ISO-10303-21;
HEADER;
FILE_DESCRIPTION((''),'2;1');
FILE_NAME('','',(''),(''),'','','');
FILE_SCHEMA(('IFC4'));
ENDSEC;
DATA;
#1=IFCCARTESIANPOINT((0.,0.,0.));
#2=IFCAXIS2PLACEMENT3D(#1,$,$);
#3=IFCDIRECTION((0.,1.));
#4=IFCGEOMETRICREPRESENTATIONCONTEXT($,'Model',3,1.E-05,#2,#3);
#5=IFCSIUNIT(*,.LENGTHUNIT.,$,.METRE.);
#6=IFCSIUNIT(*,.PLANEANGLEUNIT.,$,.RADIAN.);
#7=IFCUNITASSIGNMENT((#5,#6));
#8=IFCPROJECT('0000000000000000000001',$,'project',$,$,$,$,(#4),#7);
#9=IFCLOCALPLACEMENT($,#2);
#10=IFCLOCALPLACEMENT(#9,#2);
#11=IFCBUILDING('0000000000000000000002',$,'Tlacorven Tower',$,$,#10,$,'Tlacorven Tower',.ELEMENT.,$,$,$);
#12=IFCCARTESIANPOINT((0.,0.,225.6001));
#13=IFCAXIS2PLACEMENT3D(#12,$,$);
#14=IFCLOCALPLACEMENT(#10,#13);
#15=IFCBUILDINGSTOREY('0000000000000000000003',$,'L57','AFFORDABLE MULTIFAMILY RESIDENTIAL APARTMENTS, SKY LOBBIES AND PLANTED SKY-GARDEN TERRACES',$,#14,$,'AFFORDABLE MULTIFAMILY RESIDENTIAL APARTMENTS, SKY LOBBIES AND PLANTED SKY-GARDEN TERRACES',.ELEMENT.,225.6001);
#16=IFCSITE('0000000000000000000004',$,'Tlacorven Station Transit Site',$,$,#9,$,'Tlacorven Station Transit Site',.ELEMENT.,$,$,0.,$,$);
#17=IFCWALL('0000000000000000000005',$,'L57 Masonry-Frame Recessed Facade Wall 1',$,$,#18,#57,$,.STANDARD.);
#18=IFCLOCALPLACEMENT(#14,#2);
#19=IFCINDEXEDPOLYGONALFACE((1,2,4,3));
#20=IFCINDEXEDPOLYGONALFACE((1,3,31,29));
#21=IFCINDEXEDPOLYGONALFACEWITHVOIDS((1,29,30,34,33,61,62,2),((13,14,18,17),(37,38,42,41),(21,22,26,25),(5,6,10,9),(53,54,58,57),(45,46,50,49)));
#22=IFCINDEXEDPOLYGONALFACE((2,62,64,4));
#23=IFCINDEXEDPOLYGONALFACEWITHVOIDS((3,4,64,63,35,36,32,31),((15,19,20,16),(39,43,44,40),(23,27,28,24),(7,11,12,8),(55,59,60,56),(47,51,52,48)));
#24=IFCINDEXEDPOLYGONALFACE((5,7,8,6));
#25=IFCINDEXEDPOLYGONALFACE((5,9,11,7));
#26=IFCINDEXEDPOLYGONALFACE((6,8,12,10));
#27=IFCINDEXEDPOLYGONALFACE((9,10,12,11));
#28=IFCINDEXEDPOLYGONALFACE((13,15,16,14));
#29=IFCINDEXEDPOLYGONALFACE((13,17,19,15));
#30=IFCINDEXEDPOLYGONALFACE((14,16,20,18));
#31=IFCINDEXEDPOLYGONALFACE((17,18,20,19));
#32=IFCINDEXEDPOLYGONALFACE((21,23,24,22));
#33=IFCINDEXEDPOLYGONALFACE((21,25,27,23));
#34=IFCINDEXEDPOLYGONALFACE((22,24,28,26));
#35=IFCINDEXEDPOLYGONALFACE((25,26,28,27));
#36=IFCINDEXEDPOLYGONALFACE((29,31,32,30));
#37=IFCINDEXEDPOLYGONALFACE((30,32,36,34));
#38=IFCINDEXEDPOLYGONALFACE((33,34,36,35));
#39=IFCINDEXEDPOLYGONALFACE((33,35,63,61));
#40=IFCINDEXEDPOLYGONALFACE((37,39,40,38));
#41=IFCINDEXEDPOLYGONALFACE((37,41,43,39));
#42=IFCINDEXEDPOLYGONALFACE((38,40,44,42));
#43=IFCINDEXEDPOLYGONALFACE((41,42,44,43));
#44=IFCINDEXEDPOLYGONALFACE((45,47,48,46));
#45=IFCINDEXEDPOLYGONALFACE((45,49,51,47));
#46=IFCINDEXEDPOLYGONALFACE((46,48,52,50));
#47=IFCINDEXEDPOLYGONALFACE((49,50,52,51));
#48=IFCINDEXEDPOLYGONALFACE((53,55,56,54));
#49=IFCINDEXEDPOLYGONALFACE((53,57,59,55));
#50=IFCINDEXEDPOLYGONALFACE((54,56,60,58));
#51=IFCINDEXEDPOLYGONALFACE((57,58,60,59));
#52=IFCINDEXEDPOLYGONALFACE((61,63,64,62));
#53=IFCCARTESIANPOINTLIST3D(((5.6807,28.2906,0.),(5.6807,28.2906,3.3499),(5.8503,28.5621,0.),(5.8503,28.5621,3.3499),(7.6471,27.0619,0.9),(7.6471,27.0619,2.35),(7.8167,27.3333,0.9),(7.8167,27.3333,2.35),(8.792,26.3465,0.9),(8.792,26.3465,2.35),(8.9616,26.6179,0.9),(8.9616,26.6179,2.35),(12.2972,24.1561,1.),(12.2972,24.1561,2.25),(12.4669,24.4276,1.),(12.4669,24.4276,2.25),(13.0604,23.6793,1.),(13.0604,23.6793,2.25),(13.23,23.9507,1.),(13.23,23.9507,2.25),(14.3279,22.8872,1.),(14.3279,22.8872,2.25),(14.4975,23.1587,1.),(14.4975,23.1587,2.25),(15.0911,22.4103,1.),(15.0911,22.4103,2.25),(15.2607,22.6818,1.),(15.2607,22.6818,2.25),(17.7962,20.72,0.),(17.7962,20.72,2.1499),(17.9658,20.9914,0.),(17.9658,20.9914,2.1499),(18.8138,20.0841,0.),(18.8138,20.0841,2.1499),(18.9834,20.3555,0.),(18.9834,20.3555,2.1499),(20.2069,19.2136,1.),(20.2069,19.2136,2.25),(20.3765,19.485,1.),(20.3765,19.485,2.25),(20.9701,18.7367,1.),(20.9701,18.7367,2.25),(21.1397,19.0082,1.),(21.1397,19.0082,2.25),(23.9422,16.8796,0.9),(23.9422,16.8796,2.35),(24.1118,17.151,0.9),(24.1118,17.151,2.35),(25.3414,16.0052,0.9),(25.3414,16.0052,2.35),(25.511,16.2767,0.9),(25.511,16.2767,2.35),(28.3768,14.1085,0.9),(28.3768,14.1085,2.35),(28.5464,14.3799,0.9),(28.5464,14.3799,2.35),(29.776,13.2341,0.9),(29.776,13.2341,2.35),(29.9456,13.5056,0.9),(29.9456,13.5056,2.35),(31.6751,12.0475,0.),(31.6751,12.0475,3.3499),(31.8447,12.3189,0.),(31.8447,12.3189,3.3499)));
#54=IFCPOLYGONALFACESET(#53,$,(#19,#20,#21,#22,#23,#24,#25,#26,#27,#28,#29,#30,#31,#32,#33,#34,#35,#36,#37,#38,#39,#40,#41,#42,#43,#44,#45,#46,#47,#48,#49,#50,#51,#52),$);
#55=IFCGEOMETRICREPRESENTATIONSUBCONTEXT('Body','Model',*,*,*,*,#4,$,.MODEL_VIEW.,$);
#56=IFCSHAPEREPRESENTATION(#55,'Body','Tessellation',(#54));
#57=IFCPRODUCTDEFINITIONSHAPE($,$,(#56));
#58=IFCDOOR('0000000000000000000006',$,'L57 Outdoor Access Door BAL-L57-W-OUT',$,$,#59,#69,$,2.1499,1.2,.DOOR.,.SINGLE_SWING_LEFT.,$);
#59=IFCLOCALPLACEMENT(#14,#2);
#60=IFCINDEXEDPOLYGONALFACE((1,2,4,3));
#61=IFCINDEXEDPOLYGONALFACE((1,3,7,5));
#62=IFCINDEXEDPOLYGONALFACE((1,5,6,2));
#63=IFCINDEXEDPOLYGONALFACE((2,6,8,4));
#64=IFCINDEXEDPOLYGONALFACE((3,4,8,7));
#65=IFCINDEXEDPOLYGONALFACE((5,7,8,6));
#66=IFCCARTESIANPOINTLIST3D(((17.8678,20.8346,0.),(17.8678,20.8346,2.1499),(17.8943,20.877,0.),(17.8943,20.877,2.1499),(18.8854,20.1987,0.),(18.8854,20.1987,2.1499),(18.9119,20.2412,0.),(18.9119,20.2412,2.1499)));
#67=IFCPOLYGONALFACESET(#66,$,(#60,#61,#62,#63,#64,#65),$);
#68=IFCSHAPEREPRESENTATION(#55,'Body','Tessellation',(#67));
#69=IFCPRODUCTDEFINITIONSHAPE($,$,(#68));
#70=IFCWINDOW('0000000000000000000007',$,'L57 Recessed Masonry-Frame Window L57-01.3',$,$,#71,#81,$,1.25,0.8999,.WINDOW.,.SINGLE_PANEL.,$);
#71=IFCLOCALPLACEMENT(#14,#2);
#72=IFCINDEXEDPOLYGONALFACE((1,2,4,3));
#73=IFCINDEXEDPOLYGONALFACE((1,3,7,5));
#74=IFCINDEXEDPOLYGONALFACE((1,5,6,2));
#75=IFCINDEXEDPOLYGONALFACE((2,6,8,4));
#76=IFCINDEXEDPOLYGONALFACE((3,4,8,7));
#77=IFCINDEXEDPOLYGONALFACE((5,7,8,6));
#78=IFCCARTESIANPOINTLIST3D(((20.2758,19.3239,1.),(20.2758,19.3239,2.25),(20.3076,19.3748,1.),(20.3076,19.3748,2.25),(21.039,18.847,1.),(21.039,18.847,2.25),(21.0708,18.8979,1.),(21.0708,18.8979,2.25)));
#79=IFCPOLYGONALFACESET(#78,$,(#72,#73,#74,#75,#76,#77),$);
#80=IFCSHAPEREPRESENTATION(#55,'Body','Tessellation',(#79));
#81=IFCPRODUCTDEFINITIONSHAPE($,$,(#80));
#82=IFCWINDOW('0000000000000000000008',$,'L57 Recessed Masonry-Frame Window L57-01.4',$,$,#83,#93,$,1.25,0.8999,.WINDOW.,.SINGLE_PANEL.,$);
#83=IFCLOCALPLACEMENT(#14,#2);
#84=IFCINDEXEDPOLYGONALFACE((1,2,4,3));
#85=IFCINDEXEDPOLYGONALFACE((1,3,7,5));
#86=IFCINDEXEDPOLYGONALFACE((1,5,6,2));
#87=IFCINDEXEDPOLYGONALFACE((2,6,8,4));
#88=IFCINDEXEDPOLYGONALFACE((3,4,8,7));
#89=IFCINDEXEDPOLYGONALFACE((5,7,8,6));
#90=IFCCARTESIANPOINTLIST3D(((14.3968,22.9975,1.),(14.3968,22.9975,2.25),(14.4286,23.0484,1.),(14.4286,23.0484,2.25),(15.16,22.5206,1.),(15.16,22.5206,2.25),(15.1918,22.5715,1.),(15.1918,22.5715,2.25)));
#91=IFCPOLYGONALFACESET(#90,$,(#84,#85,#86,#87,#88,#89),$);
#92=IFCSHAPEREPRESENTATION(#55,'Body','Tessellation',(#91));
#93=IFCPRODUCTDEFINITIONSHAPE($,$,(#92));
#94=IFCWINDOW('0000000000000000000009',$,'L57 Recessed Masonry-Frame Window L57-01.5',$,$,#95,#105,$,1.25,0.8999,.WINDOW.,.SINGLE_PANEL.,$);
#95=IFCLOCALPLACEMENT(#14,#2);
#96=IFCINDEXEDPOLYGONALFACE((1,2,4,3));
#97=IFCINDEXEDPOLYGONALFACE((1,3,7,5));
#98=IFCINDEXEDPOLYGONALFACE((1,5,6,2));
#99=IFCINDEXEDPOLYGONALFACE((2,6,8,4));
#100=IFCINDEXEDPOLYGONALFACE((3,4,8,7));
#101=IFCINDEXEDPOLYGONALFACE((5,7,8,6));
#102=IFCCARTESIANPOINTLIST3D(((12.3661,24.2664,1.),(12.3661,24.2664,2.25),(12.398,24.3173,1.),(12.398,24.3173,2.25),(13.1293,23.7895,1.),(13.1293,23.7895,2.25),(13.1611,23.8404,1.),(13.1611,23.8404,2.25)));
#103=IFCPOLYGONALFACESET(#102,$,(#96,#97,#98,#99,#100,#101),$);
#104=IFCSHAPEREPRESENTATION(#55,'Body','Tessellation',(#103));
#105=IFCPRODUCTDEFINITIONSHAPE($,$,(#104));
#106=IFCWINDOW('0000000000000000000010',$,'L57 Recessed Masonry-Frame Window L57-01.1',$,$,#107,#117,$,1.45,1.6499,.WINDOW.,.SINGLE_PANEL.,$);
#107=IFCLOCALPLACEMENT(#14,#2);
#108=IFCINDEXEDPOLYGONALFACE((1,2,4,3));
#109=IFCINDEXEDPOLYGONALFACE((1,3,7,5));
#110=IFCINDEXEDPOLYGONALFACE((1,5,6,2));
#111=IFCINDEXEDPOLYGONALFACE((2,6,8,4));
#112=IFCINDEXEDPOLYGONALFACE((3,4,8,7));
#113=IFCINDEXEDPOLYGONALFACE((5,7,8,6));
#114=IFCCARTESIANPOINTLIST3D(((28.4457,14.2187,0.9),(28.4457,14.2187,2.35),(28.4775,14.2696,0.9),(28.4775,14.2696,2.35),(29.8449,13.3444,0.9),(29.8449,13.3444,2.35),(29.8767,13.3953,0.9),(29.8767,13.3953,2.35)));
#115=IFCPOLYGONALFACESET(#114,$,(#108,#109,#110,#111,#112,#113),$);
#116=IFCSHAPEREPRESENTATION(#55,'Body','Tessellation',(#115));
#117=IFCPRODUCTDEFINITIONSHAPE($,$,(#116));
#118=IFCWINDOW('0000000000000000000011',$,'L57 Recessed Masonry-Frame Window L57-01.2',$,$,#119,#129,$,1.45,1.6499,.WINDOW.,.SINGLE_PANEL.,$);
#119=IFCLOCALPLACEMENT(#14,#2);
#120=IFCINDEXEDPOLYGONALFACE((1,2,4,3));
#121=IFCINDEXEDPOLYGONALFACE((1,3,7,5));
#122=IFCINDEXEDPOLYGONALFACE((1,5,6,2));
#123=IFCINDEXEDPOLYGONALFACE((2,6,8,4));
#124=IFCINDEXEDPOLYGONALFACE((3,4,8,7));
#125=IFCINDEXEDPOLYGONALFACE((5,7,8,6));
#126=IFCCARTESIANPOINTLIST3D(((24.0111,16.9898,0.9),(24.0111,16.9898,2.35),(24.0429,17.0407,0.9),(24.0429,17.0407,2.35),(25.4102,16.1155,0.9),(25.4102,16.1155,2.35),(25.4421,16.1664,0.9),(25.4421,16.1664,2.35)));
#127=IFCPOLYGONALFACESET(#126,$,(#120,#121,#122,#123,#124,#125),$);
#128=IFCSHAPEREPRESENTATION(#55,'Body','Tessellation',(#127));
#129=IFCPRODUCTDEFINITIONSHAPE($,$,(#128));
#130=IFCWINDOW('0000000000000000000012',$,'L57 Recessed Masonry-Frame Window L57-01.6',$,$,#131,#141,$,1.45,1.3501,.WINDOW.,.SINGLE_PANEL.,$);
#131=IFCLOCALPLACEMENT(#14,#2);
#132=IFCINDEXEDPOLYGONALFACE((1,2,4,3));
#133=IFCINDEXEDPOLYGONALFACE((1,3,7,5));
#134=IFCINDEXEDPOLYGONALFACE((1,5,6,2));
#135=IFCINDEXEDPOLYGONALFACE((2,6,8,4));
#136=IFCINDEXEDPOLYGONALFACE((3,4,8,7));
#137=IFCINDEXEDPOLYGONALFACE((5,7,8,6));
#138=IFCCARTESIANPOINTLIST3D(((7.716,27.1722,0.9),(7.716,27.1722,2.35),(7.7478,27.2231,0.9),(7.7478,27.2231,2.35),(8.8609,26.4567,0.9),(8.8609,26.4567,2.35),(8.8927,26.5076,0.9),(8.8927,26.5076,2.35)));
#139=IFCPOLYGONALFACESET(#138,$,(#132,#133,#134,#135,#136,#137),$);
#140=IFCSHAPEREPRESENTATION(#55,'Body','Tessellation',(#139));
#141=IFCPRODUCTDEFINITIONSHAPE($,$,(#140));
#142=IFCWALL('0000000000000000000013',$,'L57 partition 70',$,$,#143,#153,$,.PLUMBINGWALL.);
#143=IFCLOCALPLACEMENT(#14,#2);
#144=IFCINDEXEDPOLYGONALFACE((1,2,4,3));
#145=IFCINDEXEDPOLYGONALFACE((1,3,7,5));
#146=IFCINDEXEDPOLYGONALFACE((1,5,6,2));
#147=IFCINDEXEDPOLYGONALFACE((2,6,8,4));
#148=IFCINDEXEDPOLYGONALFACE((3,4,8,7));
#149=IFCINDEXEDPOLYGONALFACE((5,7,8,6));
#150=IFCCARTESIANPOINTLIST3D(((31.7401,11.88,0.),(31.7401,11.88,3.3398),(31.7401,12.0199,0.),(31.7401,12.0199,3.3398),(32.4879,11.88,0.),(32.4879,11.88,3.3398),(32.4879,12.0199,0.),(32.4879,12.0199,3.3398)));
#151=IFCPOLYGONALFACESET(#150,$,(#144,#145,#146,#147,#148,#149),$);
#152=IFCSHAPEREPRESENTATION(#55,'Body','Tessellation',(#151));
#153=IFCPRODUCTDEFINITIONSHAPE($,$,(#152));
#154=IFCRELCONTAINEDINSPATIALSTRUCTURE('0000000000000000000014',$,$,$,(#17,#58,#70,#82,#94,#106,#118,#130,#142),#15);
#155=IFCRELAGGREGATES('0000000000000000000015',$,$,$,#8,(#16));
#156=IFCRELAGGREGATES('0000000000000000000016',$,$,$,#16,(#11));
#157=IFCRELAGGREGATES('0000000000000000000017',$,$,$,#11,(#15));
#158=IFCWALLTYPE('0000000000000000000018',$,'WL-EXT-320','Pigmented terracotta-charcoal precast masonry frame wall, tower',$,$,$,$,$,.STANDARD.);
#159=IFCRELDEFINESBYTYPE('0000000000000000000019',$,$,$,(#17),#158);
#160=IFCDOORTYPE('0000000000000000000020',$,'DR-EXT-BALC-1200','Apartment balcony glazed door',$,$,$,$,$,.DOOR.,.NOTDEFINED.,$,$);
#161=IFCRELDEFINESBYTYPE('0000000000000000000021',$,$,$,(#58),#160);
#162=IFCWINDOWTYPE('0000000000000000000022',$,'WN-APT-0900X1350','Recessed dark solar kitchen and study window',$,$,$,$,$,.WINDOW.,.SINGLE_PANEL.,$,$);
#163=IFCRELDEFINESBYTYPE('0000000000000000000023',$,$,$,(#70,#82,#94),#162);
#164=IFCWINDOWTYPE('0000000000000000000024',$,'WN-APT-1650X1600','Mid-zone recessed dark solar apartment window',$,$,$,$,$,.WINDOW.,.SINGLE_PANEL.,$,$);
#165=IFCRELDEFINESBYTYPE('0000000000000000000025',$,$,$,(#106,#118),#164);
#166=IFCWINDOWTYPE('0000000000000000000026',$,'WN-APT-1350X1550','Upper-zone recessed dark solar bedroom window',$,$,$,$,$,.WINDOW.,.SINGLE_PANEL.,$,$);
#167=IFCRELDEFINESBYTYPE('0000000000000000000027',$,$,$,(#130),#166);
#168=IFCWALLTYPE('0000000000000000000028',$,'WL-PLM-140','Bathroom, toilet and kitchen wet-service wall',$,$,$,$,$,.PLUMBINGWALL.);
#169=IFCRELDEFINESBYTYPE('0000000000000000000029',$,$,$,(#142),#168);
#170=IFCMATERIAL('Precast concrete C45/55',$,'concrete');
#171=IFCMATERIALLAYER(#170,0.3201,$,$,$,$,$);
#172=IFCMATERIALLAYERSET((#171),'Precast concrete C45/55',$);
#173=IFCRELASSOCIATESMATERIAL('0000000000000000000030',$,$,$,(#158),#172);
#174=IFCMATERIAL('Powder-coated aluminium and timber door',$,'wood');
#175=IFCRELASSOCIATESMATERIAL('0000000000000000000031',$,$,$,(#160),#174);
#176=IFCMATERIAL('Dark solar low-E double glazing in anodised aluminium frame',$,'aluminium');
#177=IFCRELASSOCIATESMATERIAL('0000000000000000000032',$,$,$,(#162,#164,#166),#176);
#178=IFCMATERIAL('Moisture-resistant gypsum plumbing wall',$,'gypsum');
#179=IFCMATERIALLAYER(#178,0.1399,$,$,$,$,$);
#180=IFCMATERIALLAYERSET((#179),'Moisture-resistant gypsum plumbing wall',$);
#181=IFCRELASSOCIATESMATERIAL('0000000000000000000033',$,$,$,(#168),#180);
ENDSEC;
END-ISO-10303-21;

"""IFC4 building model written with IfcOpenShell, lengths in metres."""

from ifc_helpers import new_model, si_unit, direction, frame, frame_2d, origin, place, context, subcontext, project, spatial, rectangle, extrude, source, transform, mapped, material, layer, layer_set, type_object, element, fill, save


model = new_model("IFC4")

# Units and contexts
model_context = context("Model", 3, precision=1e-05, world=origin(), true_north=direction((0.0, 1.0)))
body_context = subcontext(model_context, "Body", "Model", "MODEL_VIEW")
ifc_project = project(units=[si_unit("LENGTHUNIT", "METRE"), si_unit("PLANEANGLEUNIT", "RADIAN")], contexts=[model_context])

# Site, building, storey
site_placement = place(None, origin())
site = spatial("IfcSite", under=ifc_project, at=site_placement, Name="Tlacorven Station Transit Site", LongName="Tlacorven Station Transit Site", CompositionType="ELEMENT", RefElevation=0.0)
building_placement = place(site_placement, origin())
building = spatial("IfcBuilding", under=site, at=building_placement, Name="Tlacorven Tower", LongName="Tlacorven Tower", CompositionType="ELEMENT")
storey_placement = place(building_placement, frame((0.0, 0.0, 225.6001)))
storey = spatial("IfcBuildingStorey", under=building, at=storey_placement, Name="L57", Description="AFFORDABLE MULTIFAMILY RESIDENTIAL APARTMENTS, SKY LOBBIES AND PLANTED SKY-GARDEN TERRACES", LongName="AFFORDABLE MULTIFAMILY RESIDENTIAL APARTMENTS, SKY LOBBIES AND PLANTED SKY-GARDEN TERRACES", CompositionType="ELEMENT", Elevation=225.6001)

# Wall, openings, door, windows
ifc_material_1 = material(Name="Precast concrete C45/55", Category="concrete")
ifc_layer_1 = layer(ifc_material_1, 0.3201)
ifc_layer_set_1 = layer_set([ifc_layer_1], Name="Precast concrete C45/55")
wall_type_1 = type_object("IfcWallType", Name="WL-EXT-320", Description="Pigmented terracotta-charcoal precast masonry frame wall, tower", PredefinedType="STANDARD", material=ifc_layer_set_1)
wall_1_placement = place(storey_placement, frame((31.76, 12.1831, 0.0), z_axis=(0.0, 0.0, 1.0), x_axis=(-0.848047, 0.529921, 0.0)))
wall_1 = element("IfcWall", 1, at=wall_1_placement, inside=storey, type_object=wall_type_1, Name="L57 Masonry-Frame Recessed Facade Wall 1", PredefinedType="STANDARD", context=body_context, shape_type="SweptSolid", body=[
    extrude(rectangle(XDim=30.6521, YDim=0.3201, at=frame_2d((15.3262, 0.0))), origin(), (0.0, 0.0, 1.0), 3.3499),
])
opening_1_placement = place(wall_1_placement, frame((15.1658, 0.0, 0.0)))
opening_1 = element("IfcOpeningElement", 2, at=opening_1_placement, cuts=wall_1, PredefinedType="OPENING", context=body_context, shape_type="SweptSolid", body=[
    extrude(rectangle(XDim=1.2, YDim=2.1499, at=frame_2d((0.6001, 1.075))), frame((0.0, 0.1699, 0.0), z_axis=(0.0, -1.0, 0.0), x_axis=(1.0, 0.0, 0.0)), (0.0, 0.0, 1.0), 0.3401),
])
opening_2_placement = place(wall_1_placement, frame((2.2395, 0.0, 0.8999)))
opening_2 = element("IfcOpeningElement", 3, at=opening_2_placement, cuts=wall_1, PredefinedType="OPENING", context=body_context, shape_type="SweptSolid", body=[
    extrude(rectangle(XDim=1.6499, YDim=1.45, at=frame_2d((0.825, 0.7251))), frame((0.0, 0.1699, 0.0), z_axis=(0.0, -1.0, 0.0), x_axis=(1.0, 0.0, 0.0)), (0.0, 0.0, 1.0), 0.3401),
])
opening_3_placement = place(wall_1_placement, frame((7.4688, 0.0, 0.8999)))
opening_3 = element("IfcOpeningElement", 4, at=opening_3_placement, cuts=wall_1, PredefinedType="OPENING", context=body_context, shape_type="SweptSolid", body=[
    extrude(rectangle(XDim=1.6499, YDim=1.45, at=frame_2d((0.825, 0.7251))), frame((0.0, 0.1699, 0.0), z_axis=(0.0, -1.0, 0.0), x_axis=(1.0, 0.0, 0.0)), (0.0, 0.0, 1.0), 0.3401),
])
opening_4_placement = place(wall_1_placement, frame((12.6233, 0.0, 1.0)))
opening_4 = element("IfcOpeningElement", 5, at=opening_4_placement, cuts=wall_1, PredefinedType="OPENING", context=body_context, shape_type="SweptSolid", body=[
    extrude(rectangle(XDim=0.8999, YDim=1.25, at=frame_2d((0.45, 0.625))), frame((0.0, 0.1699, 0.0), z_axis=(0.0, -1.0, 0.0), x_axis=(1.0, 0.0, 0.0)), (0.0, 0.0, 1.0), 0.3401),
])
opening_5_placement = place(wall_1_placement, frame((19.5557, 0.0, 1.0)))
opening_5 = element("IfcOpeningElement", 6, at=opening_5_placement, cuts=wall_1, PredefinedType="OPENING", context=body_context, shape_type="SweptSolid", body=[
    extrude(rectangle(XDim=0.8999, YDim=1.25, at=frame_2d((0.45, 0.625))), frame((0.0, 0.1699, 0.0), z_axis=(0.0, -1.0, 0.0), x_axis=(1.0, 0.0, 0.0)), (0.0, 0.0, 1.0), 0.3401),
])
opening_6_placement = place(wall_1_placement, frame((21.9502, 0.0, 1.0)))
opening_6 = element("IfcOpeningElement", 7, at=opening_6_placement, cuts=wall_1, PredefinedType="OPENING", context=body_context, shape_type="SweptSolid", body=[
    extrude(rectangle(XDim=0.8999, YDim=1.25, at=frame_2d((0.45, 0.625))), frame((0.0, 0.1699, 0.0), z_axis=(0.0, -1.0, 0.0), x_axis=(1.0, 0.0, 0.0)), (0.0, 0.0, 1.0), 0.3401),
])
opening_7_placement = place(wall_1_placement, frame((26.9834, 0.0, 0.8999)))
opening_7 = element("IfcOpeningElement", 8, at=opening_7_placement, cuts=wall_1, PredefinedType="OPENING", context=body_context, shape_type="SweptSolid", body=[
    extrude(rectangle(XDim=1.3501, YDim=1.45, at=frame_2d((0.675, 0.7251))), frame((0.0, 0.1699, 0.0), z_axis=(0.0, -1.0, 0.0), x_axis=(1.0, 0.0, 0.0)), (0.0, 0.0, 1.0), 0.3401),
])
ifc_material_2 = material(Name="Powder-coated aluminium and timber door", Category="wood")
door_type_1 = type_object("IfcDoorType", Name="DR-EXT-BALC-1200", Description="Apartment balcony glazed door", OperationType="NOTDEFINED", PredefinedType="DOOR", material=ifc_material_2)
shared_shape_1 = source(origin(), body_context, "Body", "SweptSolid", [
    extrude(rectangle(XDim=1.2, YDim=2.1499, at=frame_2d((0.6001, 1.075))), frame((0.0, 0.0249, 0.0), z_axis=(0.0, -1.0, 0.0), x_axis=(1.0, 0.0, 0.0)), (0.0, 0.0, 1.0), 0.05),
])
door_1_placement = place(opening_1_placement, origin())
door_1 = element("IfcDoor", 9, at=door_1_placement, inside=storey, type_object=door_type_1, Name="L57 Outdoor Access Door BAL-L57-W-OUT", OperationType="SINGLE_SWING_LEFT", OverallHeight=2.1499, OverallWidth=1.2, PredefinedType="DOOR", context=body_context, shape_type="MappedRepresentation", body=[
    mapped(shared_shape_1, transform((0.0, 0.0, 0.0), scale=1.0)),
])
fill(opening_1, door_1)
ifc_material_3 = material(Name="Dark solar low-E double glazing in anodised aluminium frame", Category="aluminium")
window_type_1 = type_object("IfcWindowType", Name="WN-APT-0900X1350", Description="Recessed dark solar kitchen and study window", PartitioningType="SINGLE_PANEL", PredefinedType="WINDOW", material=ifc_material_3)
shared_shape_2 = source(origin(), body_context, "Body", "SweptSolid", [
    extrude(rectangle(XDim=0.8999, YDim=1.25, at=frame_2d((0.45, 0.625))), frame((0.0, 0.03, 0.0), z_axis=(0.0, -1.0, 0.0), x_axis=(1.0, 0.0, 0.0)), (0.0, 0.0, 1.0), 0.0601),
])
window_1_placement = place(opening_4_placement, origin())
window_1 = element("IfcWindow", 10, at=window_1_placement, inside=storey, type_object=window_type_1, Name="L57 Recessed Masonry-Frame Window L57-01.3", OverallHeight=1.25, OverallWidth=0.8999, PartitioningType="SINGLE_PANEL", PredefinedType="WINDOW", context=body_context, shape_type="MappedRepresentation", body=[
    mapped(shared_shape_2, transform((0.0, 0.0, 0.0), scale=1.0)),
])
fill(opening_4, window_1)
window_2_placement = place(opening_5_placement, origin())
window_2 = element("IfcWindow", 11, at=window_2_placement, inside=storey, type_object=window_type_1, Name="L57 Recessed Masonry-Frame Window L57-01.4", OverallHeight=1.25, OverallWidth=0.8999, PartitioningType="SINGLE_PANEL", PredefinedType="WINDOW", context=body_context, shape_type="MappedRepresentation", body=[
    mapped(shared_shape_2, transform((0.0, 0.0, 0.0), scale=1.0)),
])
fill(opening_5, window_2)
window_3_placement = place(opening_6_placement, origin())
window_3 = element("IfcWindow", 12, at=window_3_placement, inside=storey, type_object=window_type_1, Name="L57 Recessed Masonry-Frame Window L57-01.5", OverallHeight=1.25, OverallWidth=0.8999, PartitioningType="SINGLE_PANEL", PredefinedType="WINDOW", context=body_context, shape_type="MappedRepresentation", body=[
    mapped(shared_shape_2, transform((0.0, 0.0, 0.0), scale=1.0)),
])
fill(opening_6, window_3)
window_type_2 = type_object("IfcWindowType", Name="WN-APT-1650X1600", Description="Mid-zone recessed dark solar apartment window", PartitioningType="SINGLE_PANEL", PredefinedType="WINDOW", material=ifc_material_3)
shared_shape_3 = source(origin(), body_context, "Body", "SweptSolid", [
    extrude(rectangle(XDim=1.6499, YDim=1.45, at=frame_2d((0.825, 0.7251))), frame((0.0, 0.03, 0.0), z_axis=(0.0, -1.0, 0.0), x_axis=(1.0, 0.0, 0.0)), (0.0, 0.0, 1.0), 0.0601),
])
window_4_placement = place(opening_2_placement, origin())
window_4 = element("IfcWindow", 13, at=window_4_placement, inside=storey, type_object=window_type_2, Name="L57 Recessed Masonry-Frame Window L57-01.1", OverallHeight=1.45, OverallWidth=1.6499, PartitioningType="SINGLE_PANEL", PredefinedType="WINDOW", context=body_context, shape_type="MappedRepresentation", body=[
    mapped(shared_shape_3, transform((0.0, 0.0, 0.0), scale=1.0)),
])
fill(opening_2, window_4)
window_5_placement = place(opening_3_placement, origin())
window_5 = element("IfcWindow", 14, at=window_5_placement, inside=storey, type_object=window_type_2, Name="L57 Recessed Masonry-Frame Window L57-01.2", OverallHeight=1.45, OverallWidth=1.6499, PartitioningType="SINGLE_PANEL", PredefinedType="WINDOW", context=body_context, shape_type="MappedRepresentation", body=[
    mapped(shared_shape_3, transform((0.0, 0.0, 0.0), scale=1.0)),
])
fill(opening_3, window_5)
window_type_3 = type_object("IfcWindowType", Name="WN-APT-1350X1550", Description="Upper-zone recessed dark solar bedroom window", PartitioningType="SINGLE_PANEL", PredefinedType="WINDOW", material=ifc_material_3)
shared_shape_4 = source(origin(), body_context, "Body", "SweptSolid", [
    extrude(rectangle(XDim=1.3501, YDim=1.45, at=frame_2d((0.675, 0.7251))), frame((0.0, 0.03, 0.0), z_axis=(0.0, -1.0, 0.0), x_axis=(1.0, 0.0, 0.0)), (0.0, 0.0, 1.0), 0.0601),
])
window_6_placement = place(opening_7_placement, origin())
window_6 = element("IfcWindow", 15, at=window_6_placement, inside=storey, type_object=window_type_3, Name="L57 Recessed Masonry-Frame Window L57-01.6", OverallHeight=1.45, OverallWidth=1.3501, PartitioningType="SINGLE_PANEL", PredefinedType="WINDOW", context=body_context, shape_type="MappedRepresentation", body=[
    mapped(shared_shape_4, transform((0.0, 0.0, 0.0), scale=1.0)),
])
fill(opening_7, window_6)

# Wall
ifc_material_4 = material(Name="Moisture-resistant gypsum plumbing wall", Category="gypsum")
ifc_layer_2 = layer(ifc_material_4, 0.1399)
ifc_layer_set_2 = layer_set([ifc_layer_2], Name="Moisture-resistant gypsum plumbing wall")
wall_type_2 = type_object("IfcWallType", Name="WL-PLM-140", Description="Bathroom, toilet and kitchen wet-service wall", PredefinedType="PLUMBINGWALL", material=ifc_layer_set_2)
wall_2_placement = place(storey_placement, frame((31.74, 11.95, 0.0), z_axis=(0.0, 0.0, 1.0), x_axis=(1.0, 0.0, 0.0)))
element("IfcWall", 16, at=wall_2_placement, inside=storey, type_object=wall_type_2, Name="L57 partition 70", PredefinedType="PLUMBINGWALL", context=body_context, shape_type="SweptSolid", body=[
    extrude(rectangle(XDim=0.7478, YDim=0.1399, at=frame_2d((0.374, 0.0))), origin(), (0.0, 0.0, 1.0), 3.3398),
])

save(model, "model.ifc")
